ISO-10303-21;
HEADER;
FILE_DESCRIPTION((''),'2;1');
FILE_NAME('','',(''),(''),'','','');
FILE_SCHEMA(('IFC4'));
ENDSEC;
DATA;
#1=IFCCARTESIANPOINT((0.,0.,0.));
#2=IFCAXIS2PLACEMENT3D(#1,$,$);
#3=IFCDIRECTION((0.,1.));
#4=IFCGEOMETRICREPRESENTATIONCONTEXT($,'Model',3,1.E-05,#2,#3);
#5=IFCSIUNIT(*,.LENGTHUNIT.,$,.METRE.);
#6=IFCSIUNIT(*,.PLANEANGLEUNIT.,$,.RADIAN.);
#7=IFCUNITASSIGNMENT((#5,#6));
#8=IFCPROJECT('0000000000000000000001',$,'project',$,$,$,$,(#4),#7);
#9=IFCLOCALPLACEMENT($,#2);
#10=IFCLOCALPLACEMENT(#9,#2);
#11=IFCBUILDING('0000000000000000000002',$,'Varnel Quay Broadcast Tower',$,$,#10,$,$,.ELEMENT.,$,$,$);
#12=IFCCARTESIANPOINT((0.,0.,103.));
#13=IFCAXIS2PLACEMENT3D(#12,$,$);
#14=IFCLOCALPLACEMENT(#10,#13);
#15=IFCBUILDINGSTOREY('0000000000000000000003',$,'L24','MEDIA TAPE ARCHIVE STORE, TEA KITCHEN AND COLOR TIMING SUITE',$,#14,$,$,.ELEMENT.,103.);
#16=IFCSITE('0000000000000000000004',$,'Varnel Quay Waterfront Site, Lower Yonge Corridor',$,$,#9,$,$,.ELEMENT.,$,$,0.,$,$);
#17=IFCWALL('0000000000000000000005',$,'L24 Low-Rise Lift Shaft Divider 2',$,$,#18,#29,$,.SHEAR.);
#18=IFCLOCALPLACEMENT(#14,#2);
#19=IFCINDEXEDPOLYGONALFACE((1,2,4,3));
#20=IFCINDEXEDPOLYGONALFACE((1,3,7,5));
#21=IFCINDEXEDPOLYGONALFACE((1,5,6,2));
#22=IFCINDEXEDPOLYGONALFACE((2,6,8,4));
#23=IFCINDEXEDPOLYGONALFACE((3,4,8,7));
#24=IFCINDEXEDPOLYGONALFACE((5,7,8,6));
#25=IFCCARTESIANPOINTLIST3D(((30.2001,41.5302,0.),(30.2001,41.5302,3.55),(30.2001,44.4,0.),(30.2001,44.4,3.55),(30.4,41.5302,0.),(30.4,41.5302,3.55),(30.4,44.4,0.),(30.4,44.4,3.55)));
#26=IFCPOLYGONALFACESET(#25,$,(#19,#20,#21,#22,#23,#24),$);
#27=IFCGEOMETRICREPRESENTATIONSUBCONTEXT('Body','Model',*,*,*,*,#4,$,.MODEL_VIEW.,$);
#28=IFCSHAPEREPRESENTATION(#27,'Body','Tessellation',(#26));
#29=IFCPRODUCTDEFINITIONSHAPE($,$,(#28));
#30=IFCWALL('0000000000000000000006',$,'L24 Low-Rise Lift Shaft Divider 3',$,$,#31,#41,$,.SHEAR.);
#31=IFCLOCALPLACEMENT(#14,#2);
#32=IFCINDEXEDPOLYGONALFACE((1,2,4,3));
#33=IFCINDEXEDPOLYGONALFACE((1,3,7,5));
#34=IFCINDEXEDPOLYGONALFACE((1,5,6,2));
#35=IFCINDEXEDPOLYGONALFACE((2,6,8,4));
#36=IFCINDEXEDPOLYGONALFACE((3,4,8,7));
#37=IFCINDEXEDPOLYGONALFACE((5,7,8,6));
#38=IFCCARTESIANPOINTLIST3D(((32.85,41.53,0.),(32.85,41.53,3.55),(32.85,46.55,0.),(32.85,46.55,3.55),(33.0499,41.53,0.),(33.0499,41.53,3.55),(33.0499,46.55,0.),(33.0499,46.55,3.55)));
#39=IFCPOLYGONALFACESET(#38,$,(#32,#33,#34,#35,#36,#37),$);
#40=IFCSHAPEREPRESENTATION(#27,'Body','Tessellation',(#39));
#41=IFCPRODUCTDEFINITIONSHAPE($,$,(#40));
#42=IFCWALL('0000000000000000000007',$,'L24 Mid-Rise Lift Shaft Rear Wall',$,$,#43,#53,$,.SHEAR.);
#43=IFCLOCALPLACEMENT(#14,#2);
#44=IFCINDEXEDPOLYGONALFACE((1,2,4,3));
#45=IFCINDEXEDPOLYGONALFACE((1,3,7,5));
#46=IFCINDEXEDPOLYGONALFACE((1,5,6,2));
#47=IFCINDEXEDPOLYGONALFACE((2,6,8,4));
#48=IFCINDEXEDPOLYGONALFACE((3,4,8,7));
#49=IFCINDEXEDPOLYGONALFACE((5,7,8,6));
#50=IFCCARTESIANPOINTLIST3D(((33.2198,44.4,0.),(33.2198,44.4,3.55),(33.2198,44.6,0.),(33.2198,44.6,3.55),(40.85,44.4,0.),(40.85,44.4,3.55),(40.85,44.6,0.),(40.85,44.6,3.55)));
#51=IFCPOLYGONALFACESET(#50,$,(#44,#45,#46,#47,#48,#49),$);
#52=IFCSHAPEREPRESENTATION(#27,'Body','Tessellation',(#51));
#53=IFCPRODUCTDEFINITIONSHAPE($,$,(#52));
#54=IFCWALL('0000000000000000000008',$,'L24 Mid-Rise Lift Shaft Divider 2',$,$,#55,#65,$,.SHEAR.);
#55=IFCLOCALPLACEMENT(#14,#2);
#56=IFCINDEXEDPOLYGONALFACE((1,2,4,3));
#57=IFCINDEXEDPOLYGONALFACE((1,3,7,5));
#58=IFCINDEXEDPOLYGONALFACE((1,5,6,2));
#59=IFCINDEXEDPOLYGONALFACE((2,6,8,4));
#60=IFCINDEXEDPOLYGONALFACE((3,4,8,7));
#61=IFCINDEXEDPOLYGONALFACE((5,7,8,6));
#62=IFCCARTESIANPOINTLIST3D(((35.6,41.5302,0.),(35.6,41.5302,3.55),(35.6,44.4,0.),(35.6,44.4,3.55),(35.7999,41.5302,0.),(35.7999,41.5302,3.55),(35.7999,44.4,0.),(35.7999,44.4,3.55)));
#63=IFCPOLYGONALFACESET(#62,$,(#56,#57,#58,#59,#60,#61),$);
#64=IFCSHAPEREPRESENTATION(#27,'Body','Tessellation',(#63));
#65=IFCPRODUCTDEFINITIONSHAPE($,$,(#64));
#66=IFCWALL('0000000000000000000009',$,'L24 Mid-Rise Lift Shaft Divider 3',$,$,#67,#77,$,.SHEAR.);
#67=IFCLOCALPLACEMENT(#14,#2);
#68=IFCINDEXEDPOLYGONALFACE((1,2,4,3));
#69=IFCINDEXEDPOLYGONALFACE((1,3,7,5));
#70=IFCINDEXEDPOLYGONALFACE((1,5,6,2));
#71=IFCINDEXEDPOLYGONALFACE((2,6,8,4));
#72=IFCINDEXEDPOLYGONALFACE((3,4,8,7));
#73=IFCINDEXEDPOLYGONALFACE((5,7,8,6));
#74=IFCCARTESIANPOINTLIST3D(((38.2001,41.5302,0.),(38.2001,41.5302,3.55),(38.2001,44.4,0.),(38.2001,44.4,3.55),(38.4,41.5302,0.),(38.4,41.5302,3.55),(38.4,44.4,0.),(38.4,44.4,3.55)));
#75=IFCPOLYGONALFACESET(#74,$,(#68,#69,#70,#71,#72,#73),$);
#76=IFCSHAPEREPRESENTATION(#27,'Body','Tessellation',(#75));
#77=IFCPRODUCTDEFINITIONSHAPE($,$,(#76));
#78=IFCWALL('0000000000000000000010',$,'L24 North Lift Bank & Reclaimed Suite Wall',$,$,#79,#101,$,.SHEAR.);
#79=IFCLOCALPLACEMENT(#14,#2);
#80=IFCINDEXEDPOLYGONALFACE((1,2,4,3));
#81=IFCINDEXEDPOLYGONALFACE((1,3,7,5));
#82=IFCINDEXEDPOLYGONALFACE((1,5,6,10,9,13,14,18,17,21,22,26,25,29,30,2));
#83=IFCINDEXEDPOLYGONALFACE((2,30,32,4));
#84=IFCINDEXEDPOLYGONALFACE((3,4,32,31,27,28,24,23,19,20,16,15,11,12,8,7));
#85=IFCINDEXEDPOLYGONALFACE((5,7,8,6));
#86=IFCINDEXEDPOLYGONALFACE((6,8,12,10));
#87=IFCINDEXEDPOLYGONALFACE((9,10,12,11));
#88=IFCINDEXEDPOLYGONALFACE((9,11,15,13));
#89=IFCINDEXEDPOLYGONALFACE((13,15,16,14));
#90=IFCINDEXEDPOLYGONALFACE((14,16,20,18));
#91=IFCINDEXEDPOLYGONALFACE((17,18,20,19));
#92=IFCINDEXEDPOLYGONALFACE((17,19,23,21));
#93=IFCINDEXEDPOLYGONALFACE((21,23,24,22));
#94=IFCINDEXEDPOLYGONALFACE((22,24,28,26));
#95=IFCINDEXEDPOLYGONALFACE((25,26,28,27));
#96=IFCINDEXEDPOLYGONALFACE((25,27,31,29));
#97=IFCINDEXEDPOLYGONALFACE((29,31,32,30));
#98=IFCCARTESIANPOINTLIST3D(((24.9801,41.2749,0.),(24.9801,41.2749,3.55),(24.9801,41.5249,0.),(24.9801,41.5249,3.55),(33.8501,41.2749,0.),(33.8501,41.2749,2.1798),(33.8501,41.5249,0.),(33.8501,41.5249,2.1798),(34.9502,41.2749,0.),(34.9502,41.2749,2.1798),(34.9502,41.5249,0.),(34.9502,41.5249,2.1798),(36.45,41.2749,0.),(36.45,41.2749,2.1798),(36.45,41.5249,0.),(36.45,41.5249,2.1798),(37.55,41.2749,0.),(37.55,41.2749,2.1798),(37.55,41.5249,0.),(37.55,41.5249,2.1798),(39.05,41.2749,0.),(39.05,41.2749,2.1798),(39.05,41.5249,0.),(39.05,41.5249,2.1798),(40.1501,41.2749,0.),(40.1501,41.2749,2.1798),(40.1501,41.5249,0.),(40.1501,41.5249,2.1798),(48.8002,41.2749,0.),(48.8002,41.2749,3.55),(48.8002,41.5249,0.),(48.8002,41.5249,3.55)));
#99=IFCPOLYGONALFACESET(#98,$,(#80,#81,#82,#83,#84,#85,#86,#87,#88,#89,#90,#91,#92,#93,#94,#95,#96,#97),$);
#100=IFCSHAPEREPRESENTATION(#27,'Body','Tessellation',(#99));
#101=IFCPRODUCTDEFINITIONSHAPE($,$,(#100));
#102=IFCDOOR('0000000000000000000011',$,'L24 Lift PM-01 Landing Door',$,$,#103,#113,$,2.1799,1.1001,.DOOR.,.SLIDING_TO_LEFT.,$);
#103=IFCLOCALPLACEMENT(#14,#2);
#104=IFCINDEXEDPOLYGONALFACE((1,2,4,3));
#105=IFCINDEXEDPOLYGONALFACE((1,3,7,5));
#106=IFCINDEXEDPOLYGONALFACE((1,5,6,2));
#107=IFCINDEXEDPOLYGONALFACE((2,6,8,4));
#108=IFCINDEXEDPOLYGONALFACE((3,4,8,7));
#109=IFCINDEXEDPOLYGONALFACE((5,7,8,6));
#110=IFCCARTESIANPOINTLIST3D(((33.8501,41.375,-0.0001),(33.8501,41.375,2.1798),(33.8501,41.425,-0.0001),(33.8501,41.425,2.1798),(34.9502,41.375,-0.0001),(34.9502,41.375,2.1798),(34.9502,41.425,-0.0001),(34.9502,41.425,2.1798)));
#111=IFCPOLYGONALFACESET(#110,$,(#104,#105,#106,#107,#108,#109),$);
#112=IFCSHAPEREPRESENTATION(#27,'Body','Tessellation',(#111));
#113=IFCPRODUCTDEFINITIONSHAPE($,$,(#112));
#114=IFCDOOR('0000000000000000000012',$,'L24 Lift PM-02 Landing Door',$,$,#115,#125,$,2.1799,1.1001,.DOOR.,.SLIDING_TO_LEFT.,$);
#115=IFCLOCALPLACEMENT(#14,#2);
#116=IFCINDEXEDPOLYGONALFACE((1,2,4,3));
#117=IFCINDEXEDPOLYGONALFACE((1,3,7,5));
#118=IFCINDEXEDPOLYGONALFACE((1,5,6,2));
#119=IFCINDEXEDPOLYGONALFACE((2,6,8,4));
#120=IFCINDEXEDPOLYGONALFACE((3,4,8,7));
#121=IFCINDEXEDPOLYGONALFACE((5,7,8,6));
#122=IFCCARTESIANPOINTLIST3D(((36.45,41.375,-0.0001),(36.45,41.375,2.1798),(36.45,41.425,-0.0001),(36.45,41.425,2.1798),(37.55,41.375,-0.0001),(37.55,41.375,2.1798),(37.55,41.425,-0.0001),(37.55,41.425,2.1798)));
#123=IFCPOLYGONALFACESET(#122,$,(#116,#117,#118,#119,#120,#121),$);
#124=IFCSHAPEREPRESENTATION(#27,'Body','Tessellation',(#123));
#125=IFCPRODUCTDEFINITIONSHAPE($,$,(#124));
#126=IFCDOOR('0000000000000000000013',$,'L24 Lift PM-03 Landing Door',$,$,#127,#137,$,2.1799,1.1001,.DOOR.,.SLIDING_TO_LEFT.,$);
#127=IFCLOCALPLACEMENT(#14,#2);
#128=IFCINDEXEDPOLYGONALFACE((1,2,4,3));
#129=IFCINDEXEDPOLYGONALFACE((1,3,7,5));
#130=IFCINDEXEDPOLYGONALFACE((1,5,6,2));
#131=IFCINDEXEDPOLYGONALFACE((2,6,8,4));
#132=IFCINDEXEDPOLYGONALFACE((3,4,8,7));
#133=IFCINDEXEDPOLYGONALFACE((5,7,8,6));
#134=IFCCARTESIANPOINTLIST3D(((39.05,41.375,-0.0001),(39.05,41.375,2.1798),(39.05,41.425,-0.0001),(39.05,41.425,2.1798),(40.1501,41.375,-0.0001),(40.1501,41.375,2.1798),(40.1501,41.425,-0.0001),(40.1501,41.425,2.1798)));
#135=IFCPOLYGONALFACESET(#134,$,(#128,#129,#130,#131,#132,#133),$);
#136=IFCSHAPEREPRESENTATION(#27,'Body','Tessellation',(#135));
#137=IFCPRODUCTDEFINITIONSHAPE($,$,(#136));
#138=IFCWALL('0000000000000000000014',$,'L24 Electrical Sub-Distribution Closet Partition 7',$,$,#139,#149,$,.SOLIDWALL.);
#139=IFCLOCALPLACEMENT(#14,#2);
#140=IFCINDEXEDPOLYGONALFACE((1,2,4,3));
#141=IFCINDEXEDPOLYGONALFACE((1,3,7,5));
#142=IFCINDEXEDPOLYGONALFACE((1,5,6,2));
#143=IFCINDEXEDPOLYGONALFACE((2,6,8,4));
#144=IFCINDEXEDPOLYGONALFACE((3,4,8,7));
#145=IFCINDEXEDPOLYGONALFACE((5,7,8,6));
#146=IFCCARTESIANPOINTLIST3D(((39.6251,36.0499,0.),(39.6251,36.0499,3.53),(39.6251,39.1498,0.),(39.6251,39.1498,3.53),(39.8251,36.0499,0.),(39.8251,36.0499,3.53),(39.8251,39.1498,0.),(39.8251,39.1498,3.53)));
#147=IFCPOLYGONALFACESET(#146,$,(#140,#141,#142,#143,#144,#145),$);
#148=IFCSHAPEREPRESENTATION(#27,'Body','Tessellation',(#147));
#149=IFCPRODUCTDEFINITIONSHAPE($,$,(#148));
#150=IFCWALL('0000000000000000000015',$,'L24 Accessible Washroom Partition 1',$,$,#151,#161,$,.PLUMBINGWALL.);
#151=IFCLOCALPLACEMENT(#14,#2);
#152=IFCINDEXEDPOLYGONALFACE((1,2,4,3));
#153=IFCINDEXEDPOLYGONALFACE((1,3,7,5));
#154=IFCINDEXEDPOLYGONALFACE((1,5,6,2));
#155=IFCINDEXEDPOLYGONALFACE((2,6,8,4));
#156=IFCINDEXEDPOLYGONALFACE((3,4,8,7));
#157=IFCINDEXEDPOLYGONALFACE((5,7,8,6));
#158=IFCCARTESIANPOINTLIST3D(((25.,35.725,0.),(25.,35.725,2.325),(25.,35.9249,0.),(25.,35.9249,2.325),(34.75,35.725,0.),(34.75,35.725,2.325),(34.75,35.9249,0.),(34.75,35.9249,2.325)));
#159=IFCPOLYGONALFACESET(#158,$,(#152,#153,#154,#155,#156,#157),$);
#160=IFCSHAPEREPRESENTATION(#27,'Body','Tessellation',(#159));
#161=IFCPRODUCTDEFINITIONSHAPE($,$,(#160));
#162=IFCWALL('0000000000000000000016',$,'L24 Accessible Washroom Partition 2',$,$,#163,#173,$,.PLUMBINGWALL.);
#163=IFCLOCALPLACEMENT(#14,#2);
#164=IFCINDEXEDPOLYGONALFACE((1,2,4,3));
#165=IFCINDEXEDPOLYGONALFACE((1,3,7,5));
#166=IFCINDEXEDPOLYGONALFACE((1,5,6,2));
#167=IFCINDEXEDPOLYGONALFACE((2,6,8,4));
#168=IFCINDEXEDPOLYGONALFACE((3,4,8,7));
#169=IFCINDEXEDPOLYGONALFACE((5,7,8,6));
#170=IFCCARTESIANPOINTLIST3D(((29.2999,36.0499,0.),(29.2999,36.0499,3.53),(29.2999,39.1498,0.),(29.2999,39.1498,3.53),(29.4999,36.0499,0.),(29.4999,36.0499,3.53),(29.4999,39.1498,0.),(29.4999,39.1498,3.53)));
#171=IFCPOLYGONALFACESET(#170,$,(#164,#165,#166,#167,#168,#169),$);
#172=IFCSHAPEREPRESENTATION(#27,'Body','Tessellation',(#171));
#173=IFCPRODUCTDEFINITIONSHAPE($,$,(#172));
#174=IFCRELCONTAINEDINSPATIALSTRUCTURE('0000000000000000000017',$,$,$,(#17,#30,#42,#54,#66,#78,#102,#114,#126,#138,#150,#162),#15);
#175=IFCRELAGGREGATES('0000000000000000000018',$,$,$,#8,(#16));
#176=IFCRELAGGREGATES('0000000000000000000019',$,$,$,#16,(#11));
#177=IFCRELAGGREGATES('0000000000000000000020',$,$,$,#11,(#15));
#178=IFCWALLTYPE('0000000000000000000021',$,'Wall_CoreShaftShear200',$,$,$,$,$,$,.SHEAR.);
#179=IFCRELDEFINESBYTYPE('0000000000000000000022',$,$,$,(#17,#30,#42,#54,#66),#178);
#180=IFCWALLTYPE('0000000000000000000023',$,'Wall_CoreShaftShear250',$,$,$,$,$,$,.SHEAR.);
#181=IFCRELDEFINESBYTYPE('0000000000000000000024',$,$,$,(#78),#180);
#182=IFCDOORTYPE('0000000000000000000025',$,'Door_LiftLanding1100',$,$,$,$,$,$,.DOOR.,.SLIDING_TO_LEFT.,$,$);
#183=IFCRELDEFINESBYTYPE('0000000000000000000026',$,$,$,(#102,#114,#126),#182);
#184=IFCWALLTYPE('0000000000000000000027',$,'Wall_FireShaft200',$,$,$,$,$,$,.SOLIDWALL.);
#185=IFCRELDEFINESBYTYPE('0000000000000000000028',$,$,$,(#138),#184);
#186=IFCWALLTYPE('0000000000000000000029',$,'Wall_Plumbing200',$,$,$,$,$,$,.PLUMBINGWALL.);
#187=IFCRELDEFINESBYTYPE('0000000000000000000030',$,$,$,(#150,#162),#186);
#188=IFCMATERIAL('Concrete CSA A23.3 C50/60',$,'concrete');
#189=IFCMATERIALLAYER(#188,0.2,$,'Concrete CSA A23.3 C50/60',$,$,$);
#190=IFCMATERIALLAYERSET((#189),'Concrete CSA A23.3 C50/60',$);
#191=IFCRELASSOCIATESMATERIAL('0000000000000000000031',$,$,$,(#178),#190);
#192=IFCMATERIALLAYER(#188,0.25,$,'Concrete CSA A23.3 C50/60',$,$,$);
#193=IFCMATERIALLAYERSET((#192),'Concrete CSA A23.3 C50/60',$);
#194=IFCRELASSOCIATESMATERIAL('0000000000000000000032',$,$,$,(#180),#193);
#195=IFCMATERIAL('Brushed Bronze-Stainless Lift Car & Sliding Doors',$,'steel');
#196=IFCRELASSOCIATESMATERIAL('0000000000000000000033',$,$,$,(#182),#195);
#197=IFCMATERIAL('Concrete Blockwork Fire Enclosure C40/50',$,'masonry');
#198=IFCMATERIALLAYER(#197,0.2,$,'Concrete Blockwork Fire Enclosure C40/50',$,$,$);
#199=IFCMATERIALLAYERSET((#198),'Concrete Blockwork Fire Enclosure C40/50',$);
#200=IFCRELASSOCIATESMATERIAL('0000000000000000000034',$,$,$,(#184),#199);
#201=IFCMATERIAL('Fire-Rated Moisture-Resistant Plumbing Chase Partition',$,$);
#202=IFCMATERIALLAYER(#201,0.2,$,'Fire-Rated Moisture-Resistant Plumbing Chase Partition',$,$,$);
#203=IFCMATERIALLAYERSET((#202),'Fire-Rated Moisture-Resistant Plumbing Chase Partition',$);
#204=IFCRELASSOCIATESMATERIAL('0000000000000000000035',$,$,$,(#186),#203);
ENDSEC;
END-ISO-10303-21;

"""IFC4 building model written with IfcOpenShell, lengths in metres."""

from ifc_helpers import new_model, si_unit, direction, frame, frame_2d, origin, place, context, subcontext, project, spatial, rectangle, extrude, source, transform, mapped, material, layer, layer_set, type_object, type_shapes, element, fill, save


model = new_model("IFC4")

# Units and contexts
model_context = context("Model", 3, precision=1e-05, world=origin(), true_north=direction((0.0, 1.0)))
body_context = subcontext(model_context, "Body", "Model", "MODEL_VIEW")
ifc_project = project(units=[si_unit("LENGTHUNIT", "METRE"), si_unit("PLANEANGLEUNIT", "RADIAN")], contexts=[model_context])

# Site, building, storey
site_placement = place(None, origin())
site = spatial("IfcSite", under=ifc_project, at=site_placement, Name="Varnel Quay Waterfront Site, Lower Yonge Corridor", CompositionType="ELEMENT", RefElevation=0.0)
building_placement = place(site_placement, origin())
building = spatial("IfcBuilding", under=site, at=building_placement, Name="Varnel Quay Broadcast Tower", CompositionType="ELEMENT")
storey_placement = place(building_placement, frame((0.0, 0.0, 103.0)))
storey = spatial("IfcBuildingStorey", under=building, at=storey_placement, Name="L24", Description="MEDIA TAPE ARCHIVE STORE, TEA KITCHEN AND COLOR TIMING SUITE", CompositionType="ELEMENT", Elevation=103.0)

# Walls
ifc_material_1 = material(Name="Concrete CSA A23.3 C50/60", Category="concrete")
ifc_layer_1 = layer(ifc_material_1, 0.2, Name="Concrete CSA A23.3 C50/60")
ifc_layer_set_1 = layer_set([ifc_layer_1], Name="Concrete CSA A23.3 C50/60")
wall_type_1 = type_object("IfcWallType", Name="Wall_CoreShaftShear200", PredefinedType="SHEAR", material=ifc_layer_set_1)
for number, where, z_axis, x_axis, name in (
    (1, (30.3, 41.53, 0.0), (0.0, 0.0, 1.0), (0.0, 1.0, 0.0), "L24 Low-Rise Lift Shaft Divider 2"),
):
    element("IfcWall", number, at=place(storey_placement, frame(where, z_axis=z_axis, x_axis=x_axis)), inside=storey, type_object=wall_type_1, Name=name, PredefinedType="SHEAR", context=body_context, shape_type="SweptSolid", body=[
        extrude(rectangle(XDim=2.8699, YDim=0.2, at=frame_2d((1.4351, 0.0))), origin(), (0.0, 0.0, 1.0), 3.55),
    ])
wall_1_placement = place(storey_placement, frame((32.95, 41.53, 0.0), z_axis=(0.0, 0.0, 1.0), x_axis=(0.0, 1.0, 0.0)))
element("IfcWall", 2, at=wall_1_placement, inside=storey, type_object=wall_type_1, Name="L24 Low-Rise Lift Shaft Divider 3", PredefinedType="SHEAR", context=body_context, shape_type="SweptSolid", body=[
    extrude(rectangle(XDim=5.02, YDim=0.2, at=frame_2d((2.51, 0.0))), origin(), (0.0, 0.0, 1.0), 3.55),
])
wall_2_placement = place(storey_placement, frame((33.22, 44.5, 0.0), z_axis=(0.0, 0.0, 1.0), x_axis=(1.0, 0.0, 0.0)))
element("IfcWall", 3, at=wall_2_placement, inside=storey, type_object=wall_type_1, Name="L24 Mid-Rise Lift Shaft Rear Wall", PredefinedType="SHEAR", context=body_context, shape_type="SweptSolid", body=[
    extrude(rectangle(XDim=7.6301, YDim=0.2, at=frame_2d((3.8149, 0.0))), origin(), (0.0, 0.0, 1.0), 3.55),
])
for number, where, z_axis, x_axis, name in (
    (4, (35.7, 41.53, 0.0), (0.0, 0.0, 1.0), (0.0, 1.0, 0.0), "L24 Mid-Rise Lift Shaft Divider 2"),
    (5, (38.3, 41.53, 0.0), (0.0, 0.0, 1.0), (0.0, 1.0, 0.0), "L24 Mid-Rise Lift Shaft Divider 3"),
):
    element("IfcWall", number, at=place(storey_placement, frame(where, z_axis=z_axis, x_axis=x_axis)), inside=storey, type_object=wall_type_1, Name=name, PredefinedType="SHEAR", context=body_context, shape_type="SweptSolid", body=[
        extrude(rectangle(XDim=2.8699, YDim=0.2, at=frame_2d((1.4351, 0.0))), origin(), (0.0, 0.0, 1.0), 3.55),
    ])

# Wall, openings, doors
ifc_layer_2 = layer(ifc_material_1, 0.25, Name="Concrete CSA A23.3 C50/60")
ifc_layer_set_2 = layer_set([ifc_layer_2], Name="Concrete CSA A23.3 C50/60")
wall_type_2 = type_object("IfcWallType", Name="Wall_CoreShaftShear250", PredefinedType="SHEAR", material=ifc_layer_set_2)
wall_3_placement = place(storey_placement, frame((24.98, 41.3999, 0.0), z_axis=(0.0, 0.0, 1.0), x_axis=(1.0, 0.0, 0.0)))
wall_3 = element("IfcWall", 6, at=wall_3_placement, inside=storey, type_object=wall_type_2, Name="L24 North Lift Bank & Reclaimed Suite Wall", PredefinedType="SHEAR", context=body_context, shape_type="SweptSolid", body=[
    extrude(rectangle(XDim=23.8201, YDim=0.25, at=frame_2d((11.9102, 0.0))), origin(), (0.0, 0.0, 1.0), 3.55),
])
opening_1_placement = place(wall_3_placement, frame((8.8701, 0.0, 0.0)))
opening_1 = element("IfcOpeningElement", 7, at=opening_1_placement, cuts=wall_3, PredefinedType="OPENING", context=body_context, shape_type="SweptSolid", body=[
    extrude(rectangle(XDim=1.1001, YDim=2.1799, at=frame_2d((0.55, 1.0898))), frame((0.0, 0.135, 0.0), z_axis=(0.0, -1.0, 0.0), x_axis=(1.0, 0.0, 0.0)), (0.0, 0.0, 1.0), 0.27),
])
opening_2_placement = place(wall_3_placement, frame((11.47, 0.0, 0.0)))
opening_2 = element("IfcOpeningElement", 8, at=opening_2_placement, cuts=wall_3, PredefinedType="OPENING", context=body_context, shape_type="SweptSolid", body=[
    extrude(rectangle(XDim=1.1001, YDim=2.1799, at=frame_2d((0.55, 1.0898))), frame((0.0, 0.135, 0.0), z_axis=(0.0, -1.0, 0.0), x_axis=(1.0, 0.0, 0.0)), (0.0, 0.0, 1.0), 0.27),
])
opening_3_placement = place(wall_3_placement, frame((14.0701, 0.0, 0.0)))
opening_3 = element("IfcOpeningElement", 9, at=opening_3_placement, cuts=wall_3, PredefinedType="OPENING", context=body_context, shape_type="SweptSolid", body=[
    extrude(rectangle(XDim=1.1001, YDim=2.1799, at=frame_2d((0.55, 1.0898))), frame((0.0, 0.135, 0.0), z_axis=(0.0, -1.0, 0.0), x_axis=(1.0, 0.0, 0.0)), (0.0, 0.0, 1.0), 0.27),
])
ifc_material_2 = material(Name="Brushed Bronze-Stainless Lift Car & Sliding Doors", Category="steel")
door_type_1 = type_object("IfcDoorType", Name="Door_LiftLanding1100", OperationType="SLIDING_TO_LEFT", PredefinedType="DOOR", material=ifc_material_2)
shared_shape_1 = source(origin(), body_context, "Body", "SweptSolid", [
    extrude(rectangle(XDim=1.1001, YDim=2.1799, at=frame_2d((0.55, 1.0898))), frame((0.0, 0.0249, 0.0), z_axis=(0.0, -1.0, 0.0), x_axis=(1.0, 0.0, 0.0)), (0.0, 0.0, 1.0), 0.05),
])
type_shapes(door_type_1, [shared_shape_1])
door_1_placement = place(opening_1_placement, frame((1.1001, 0.0, 0.0), z_axis=(0.0, 0.0, 1.0), x_axis=(-1.0, 0.0, 0.0)))
door_1 = element("IfcDoor", 10, at=door_1_placement, inside=storey, type_object=door_type_1, Name="L24 Lift PM-01 Landing Door", OperationType="SLIDING_TO_LEFT", OverallHeight=2.1799, OverallWidth=1.1001, PredefinedType="DOOR", context=body_context, shape_type="MappedRepresentation", body=[
    mapped(shared_shape_1, transform((0.0, 0.0, 0.0), x_axis=(1.0, 0.0, 0.0), y_axis=(0.0, 1.0, 0.0), z_axis=(0.0, 0.0, 1.0), scale=1.0)),
])
fill(opening_1, door_1)
door_2_placement = place(opening_2_placement, frame((1.1001, 0.0, 0.0), z_axis=(0.0, 0.0, 1.0), x_axis=(-1.0, 0.0, 0.0)))
door_2 = element("IfcDoor", 11, at=door_2_placement, inside=storey, type_object=door_type_1, Name="L24 Lift PM-02 Landing Door", OperationType="SLIDING_TO_LEFT", OverallHeight=2.1799, OverallWidth=1.1001, PredefinedType="DOOR", context=body_context, shape_type="MappedRepresentation", body=[
    mapped(shared_shape_1, transform((0.0, 0.0, 0.0), x_axis=(1.0, 0.0, 0.0), y_axis=(0.0, 1.0, 0.0), z_axis=(0.0, 0.0, 1.0), scale=1.0)),
])
fill(opening_2, door_2)
door_3_placement = place(opening_3_placement, frame((1.1001, 0.0, 0.0), z_axis=(0.0, 0.0, 1.0), x_axis=(-1.0, 0.0, 0.0)))
door_3 = element("IfcDoor", 12, at=door_3_placement, inside=storey, type_object=door_type_1, Name="L24 Lift PM-03 Landing Door", OperationType="SLIDING_TO_LEFT", OverallHeight=2.1799, OverallWidth=1.1001, PredefinedType="DOOR", context=body_context, shape_type="MappedRepresentation", body=[
    mapped(shared_shape_1, transform((0.0, 0.0, 0.0), x_axis=(1.0, 0.0, 0.0), y_axis=(0.0, 1.0, 0.0), z_axis=(0.0, 0.0, 1.0), scale=1.0)),
])
fill(opening_3, door_3)

# Walls
ifc_material_3 = material(Name="Concrete Blockwork Fire Enclosure C40/50", Category="masonry")
ifc_layer_3 = layer(ifc_material_3, 0.2, Name="Concrete Blockwork Fire Enclosure C40/50")
ifc_layer_set_3 = layer_set([ifc_layer_3], Name="Concrete Blockwork Fire Enclosure C40/50")
wall_type_3 = type_object("IfcWallType", Name="Wall_FireShaft200", PredefinedType="SOLIDWALL", material=ifc_layer_set_3)
wall_4_placement = place(storey_placement, frame((39.7251, 36.05, 0.0), z_axis=(0.0, 0.0, 1.0), x_axis=(0.0, 1.0, 0.0)))
element("IfcWall", 13, at=wall_4_placement, inside=storey, type_object=wall_type_3, Name="L24 Electrical Sub-Distribution Closet Partition 7", PredefinedType="SOLIDWALL", context=body_context, shape_type="SweptSolid", body=[
    extrude(rectangle(XDim=3.0999, YDim=0.2, at=frame_2d((1.5498, 0.0))), origin(), (0.0, 0.0, 1.0), 3.53),
])
ifc_material_4 = material(Name="Fire-Rated Moisture-Resistant Plumbing Chase Partition")
ifc_layer_4 = layer(ifc_material_4, 0.2, Name="Fire-Rated Moisture-Resistant Plumbing Chase Partition")
ifc_layer_set_4 = layer_set([ifc_layer_4], Name="Fire-Rated Moisture-Resistant Plumbing Chase Partition")
wall_type_4 = type_object("IfcWallType", Name="Wall_Plumbing200", PredefinedType="PLUMBINGWALL", material=ifc_layer_set_4)
wall_5_placement = place(storey_placement, frame((25.0, 35.825, 0.0), z_axis=(0.0, 0.0, 1.0), x_axis=(1.0, 0.0, 0.0)))
element("IfcWall", 14, at=wall_5_placement, inside=storey, type_object=wall_type_4, Name="L24 Accessible Washroom Partition 1", PredefinedType="PLUMBINGWALL", context=body_context, shape_type="SweptSolid", body=[
    extrude(rectangle(XDim=9.75, YDim=0.2, at=frame_2d((4.875, 0.0))), origin(), (0.0, 0.0, 1.0), 2.325),
])
wall_6_placement = place(storey_placement, frame((29.3999, 36.05, 0.0), z_axis=(0.0, 0.0, 1.0), x_axis=(0.0, 1.0, 0.0)))
element("IfcWall", 15, at=wall_6_placement, inside=storey, type_object=wall_type_4, Name="L24 Accessible Washroom Partition 2", PredefinedType="PLUMBINGWALL", context=body_context, shape_type="SweptSolid", body=[
    extrude(rectangle(XDim=3.0999, YDim=0.2, at=frame_2d((1.5498, 0.0))), origin(), (0.0, 0.0, 1.0), 3.53),
])

save(model, "model.ifc")
